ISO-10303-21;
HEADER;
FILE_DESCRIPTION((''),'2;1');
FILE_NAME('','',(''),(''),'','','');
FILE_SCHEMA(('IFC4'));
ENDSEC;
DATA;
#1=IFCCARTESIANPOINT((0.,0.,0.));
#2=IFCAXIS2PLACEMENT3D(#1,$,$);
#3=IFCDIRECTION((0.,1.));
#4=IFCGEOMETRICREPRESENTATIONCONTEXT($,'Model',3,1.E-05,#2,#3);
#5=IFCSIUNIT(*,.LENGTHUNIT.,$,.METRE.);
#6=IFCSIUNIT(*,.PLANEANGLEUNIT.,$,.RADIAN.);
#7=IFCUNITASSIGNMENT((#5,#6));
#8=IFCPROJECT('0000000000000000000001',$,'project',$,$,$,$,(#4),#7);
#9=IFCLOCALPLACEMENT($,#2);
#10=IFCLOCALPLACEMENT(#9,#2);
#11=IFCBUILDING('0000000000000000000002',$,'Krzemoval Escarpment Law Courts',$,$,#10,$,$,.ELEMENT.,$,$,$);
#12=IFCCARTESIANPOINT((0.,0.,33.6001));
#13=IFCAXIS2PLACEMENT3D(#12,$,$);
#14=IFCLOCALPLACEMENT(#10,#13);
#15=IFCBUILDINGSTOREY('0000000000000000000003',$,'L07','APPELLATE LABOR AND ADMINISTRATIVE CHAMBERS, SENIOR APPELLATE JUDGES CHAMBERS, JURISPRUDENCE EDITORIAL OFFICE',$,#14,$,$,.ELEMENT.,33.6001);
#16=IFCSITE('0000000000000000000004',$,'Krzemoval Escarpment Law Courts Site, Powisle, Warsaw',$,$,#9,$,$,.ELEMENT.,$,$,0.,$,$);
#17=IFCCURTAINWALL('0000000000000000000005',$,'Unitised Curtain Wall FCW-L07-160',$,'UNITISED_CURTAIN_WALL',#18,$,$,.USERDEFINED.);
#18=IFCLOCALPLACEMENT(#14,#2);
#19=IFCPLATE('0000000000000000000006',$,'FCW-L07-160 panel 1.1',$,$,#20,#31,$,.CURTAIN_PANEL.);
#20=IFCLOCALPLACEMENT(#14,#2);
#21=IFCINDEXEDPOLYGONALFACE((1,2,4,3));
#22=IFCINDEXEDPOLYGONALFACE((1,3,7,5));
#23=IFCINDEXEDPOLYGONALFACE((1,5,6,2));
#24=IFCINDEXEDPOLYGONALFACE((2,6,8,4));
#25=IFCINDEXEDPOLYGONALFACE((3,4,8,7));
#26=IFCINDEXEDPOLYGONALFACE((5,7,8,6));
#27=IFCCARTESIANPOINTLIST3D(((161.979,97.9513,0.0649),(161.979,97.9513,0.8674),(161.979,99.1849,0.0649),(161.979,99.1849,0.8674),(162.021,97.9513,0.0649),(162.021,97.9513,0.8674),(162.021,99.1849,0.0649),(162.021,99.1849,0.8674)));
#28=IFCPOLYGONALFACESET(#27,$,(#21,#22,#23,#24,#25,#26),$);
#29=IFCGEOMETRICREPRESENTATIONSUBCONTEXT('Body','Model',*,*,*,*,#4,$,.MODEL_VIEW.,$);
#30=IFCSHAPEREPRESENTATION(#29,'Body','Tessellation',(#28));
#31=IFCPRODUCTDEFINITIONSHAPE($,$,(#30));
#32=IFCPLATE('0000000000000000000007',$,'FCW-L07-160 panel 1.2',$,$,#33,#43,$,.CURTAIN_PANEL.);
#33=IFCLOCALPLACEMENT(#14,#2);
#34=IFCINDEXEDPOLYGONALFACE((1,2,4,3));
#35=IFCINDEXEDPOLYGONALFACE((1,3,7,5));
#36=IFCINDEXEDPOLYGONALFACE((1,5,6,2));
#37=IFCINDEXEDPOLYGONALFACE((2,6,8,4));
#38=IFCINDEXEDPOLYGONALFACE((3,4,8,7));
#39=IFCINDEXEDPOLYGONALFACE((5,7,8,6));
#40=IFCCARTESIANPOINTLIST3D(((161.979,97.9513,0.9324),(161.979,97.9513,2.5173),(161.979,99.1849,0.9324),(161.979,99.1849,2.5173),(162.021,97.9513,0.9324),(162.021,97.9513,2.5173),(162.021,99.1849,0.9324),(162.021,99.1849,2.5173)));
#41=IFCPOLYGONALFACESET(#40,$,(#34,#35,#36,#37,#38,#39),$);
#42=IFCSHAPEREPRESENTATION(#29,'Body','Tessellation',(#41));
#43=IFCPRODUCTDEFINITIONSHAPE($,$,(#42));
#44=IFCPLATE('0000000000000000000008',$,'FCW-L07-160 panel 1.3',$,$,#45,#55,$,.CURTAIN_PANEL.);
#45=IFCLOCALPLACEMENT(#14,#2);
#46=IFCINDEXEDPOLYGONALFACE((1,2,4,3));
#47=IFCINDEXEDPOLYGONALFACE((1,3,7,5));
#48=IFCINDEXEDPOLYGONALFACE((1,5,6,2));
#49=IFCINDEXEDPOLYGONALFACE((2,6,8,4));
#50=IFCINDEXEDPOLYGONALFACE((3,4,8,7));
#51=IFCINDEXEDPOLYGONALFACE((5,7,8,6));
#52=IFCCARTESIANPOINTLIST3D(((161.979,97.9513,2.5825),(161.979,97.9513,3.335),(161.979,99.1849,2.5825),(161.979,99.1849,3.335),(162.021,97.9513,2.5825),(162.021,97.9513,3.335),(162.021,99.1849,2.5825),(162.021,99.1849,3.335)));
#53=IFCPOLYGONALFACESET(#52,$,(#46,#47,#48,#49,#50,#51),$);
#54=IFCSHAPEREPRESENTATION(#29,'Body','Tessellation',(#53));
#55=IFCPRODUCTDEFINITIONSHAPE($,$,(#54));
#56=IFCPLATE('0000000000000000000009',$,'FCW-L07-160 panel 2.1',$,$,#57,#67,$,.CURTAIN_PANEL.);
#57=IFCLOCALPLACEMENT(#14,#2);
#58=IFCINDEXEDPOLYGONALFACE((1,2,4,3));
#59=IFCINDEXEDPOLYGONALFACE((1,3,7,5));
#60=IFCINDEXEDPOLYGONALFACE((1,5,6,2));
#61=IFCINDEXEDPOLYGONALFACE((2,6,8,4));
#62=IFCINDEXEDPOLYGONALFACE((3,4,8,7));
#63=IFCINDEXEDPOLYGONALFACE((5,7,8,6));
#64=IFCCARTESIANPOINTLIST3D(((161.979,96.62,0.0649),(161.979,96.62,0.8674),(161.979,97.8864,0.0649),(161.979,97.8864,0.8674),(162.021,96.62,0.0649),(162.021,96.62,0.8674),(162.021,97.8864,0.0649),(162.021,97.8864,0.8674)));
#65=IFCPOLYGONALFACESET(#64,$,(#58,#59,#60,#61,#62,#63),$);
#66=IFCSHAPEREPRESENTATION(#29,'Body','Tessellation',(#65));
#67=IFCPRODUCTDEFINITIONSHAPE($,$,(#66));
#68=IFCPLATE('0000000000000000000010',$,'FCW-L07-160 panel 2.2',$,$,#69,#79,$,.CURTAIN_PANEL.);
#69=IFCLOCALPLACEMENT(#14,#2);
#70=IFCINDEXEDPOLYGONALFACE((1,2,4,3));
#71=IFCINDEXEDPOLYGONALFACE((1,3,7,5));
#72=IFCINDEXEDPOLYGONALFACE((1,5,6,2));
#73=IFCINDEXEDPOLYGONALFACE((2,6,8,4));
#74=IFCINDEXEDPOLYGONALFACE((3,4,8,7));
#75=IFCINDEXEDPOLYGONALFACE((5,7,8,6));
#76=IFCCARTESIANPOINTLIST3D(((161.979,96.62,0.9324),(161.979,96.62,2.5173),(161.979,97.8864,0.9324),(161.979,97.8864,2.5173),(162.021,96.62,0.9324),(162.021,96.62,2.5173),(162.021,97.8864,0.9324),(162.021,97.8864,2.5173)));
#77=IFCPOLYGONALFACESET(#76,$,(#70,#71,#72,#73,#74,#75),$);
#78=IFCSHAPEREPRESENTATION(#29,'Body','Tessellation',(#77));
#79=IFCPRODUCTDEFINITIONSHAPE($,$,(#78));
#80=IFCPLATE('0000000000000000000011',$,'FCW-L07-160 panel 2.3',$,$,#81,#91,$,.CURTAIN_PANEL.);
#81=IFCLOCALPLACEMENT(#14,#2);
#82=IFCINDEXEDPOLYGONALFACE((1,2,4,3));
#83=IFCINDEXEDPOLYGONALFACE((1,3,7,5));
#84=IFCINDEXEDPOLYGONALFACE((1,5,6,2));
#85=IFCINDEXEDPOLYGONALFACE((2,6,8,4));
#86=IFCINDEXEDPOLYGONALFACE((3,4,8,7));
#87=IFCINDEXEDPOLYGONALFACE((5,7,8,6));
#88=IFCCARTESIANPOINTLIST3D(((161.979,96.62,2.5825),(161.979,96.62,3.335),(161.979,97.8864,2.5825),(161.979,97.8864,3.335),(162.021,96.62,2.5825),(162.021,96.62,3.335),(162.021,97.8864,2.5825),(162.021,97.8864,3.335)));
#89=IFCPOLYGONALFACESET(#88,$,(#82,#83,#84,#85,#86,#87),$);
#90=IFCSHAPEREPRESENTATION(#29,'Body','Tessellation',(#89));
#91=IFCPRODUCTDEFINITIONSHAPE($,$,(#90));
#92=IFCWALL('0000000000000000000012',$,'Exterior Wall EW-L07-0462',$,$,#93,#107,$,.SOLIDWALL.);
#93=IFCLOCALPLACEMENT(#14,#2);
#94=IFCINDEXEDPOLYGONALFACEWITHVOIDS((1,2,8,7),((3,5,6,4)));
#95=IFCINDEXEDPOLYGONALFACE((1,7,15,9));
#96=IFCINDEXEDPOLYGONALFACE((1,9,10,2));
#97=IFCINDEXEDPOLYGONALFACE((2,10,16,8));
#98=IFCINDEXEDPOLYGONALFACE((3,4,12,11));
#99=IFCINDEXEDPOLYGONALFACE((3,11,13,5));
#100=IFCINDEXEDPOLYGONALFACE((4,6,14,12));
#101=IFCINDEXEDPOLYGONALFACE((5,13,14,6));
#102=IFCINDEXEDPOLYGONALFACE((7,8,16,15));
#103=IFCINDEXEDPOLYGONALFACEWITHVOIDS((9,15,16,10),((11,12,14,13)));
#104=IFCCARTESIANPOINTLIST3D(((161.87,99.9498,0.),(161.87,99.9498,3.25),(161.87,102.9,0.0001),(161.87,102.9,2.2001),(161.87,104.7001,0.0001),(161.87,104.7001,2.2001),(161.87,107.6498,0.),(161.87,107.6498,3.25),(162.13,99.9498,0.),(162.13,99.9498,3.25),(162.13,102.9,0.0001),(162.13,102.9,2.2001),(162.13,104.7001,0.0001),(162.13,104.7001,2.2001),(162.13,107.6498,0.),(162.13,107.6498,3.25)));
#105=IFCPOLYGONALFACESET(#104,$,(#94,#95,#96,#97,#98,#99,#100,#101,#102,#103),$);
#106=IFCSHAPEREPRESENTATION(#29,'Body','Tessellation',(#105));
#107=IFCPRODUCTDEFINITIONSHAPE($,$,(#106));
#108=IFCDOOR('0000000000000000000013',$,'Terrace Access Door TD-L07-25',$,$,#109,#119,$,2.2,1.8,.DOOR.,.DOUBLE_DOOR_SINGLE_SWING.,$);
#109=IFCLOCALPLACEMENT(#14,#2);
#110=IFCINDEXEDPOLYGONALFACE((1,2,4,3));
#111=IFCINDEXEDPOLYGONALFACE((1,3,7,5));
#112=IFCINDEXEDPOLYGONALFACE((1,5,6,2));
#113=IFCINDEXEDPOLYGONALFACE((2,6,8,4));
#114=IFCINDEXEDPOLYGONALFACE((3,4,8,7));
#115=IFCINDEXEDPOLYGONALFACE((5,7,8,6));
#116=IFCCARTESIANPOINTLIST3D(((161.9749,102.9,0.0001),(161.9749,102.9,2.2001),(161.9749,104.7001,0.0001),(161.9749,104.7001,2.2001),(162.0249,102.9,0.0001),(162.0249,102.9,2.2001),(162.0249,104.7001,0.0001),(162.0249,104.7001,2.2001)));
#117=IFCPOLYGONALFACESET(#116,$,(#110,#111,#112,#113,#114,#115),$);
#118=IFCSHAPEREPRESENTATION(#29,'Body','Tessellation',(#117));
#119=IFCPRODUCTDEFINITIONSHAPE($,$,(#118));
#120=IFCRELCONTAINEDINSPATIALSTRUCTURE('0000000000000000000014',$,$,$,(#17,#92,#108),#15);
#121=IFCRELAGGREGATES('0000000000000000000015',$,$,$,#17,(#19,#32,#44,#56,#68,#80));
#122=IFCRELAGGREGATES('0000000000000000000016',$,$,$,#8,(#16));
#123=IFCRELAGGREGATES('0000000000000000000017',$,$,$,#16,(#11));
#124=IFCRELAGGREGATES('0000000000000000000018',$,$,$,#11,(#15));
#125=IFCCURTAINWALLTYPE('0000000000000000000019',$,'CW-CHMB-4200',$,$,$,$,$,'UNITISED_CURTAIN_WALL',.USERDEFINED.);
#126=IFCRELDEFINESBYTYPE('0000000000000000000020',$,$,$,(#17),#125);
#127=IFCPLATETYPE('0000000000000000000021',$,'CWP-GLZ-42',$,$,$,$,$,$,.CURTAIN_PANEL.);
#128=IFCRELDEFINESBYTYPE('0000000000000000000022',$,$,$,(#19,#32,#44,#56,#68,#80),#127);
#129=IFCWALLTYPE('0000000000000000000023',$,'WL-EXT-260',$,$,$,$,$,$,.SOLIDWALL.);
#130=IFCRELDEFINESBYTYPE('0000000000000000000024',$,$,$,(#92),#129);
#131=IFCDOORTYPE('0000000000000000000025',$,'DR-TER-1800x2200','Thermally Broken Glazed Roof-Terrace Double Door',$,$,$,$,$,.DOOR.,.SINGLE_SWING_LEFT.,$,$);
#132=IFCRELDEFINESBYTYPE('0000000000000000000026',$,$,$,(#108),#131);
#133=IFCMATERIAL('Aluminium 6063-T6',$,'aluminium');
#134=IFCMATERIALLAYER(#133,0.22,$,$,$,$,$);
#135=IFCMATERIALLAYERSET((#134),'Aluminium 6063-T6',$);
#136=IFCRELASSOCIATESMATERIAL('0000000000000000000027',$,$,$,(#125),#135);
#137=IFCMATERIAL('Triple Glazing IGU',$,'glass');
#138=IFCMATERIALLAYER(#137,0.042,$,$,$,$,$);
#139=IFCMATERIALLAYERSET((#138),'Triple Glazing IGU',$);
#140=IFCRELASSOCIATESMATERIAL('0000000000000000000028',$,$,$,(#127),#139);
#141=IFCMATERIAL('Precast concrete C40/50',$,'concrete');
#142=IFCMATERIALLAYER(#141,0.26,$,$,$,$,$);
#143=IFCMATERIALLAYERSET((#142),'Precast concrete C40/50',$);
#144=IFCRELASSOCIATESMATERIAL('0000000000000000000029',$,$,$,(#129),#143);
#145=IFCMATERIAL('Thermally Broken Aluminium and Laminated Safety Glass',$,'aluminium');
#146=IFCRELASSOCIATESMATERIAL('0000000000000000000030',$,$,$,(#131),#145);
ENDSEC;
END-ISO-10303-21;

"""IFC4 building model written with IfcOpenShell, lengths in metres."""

from ifc_helpers import new_model, si_unit, direction, frame, frame_2d, origin, origin_2d, place, context, subcontext, project, spatial, rectangle, extrude, material, layer, layer_set, type_object, element, fill, aggregate, save


model = new_model("IFC4")

# Units and contexts
model_context = context("Model", 3, precision=1e-05, world=origin(), true_north=direction((0.0, 1.0)))
body_context = subcontext(model_context, "Body", "Model", "MODEL_VIEW")
ifc_project = project(units=[si_unit("LENGTHUNIT", "METRE"), si_unit("PLANEANGLEUNIT", "RADIAN")], contexts=[model_context])

# Site, building, storey
site_placement = place(None, origin())
site = spatial("IfcSite", under=ifc_project, at=site_placement, Name="Krzemoval Escarpment Law Courts Site, Powisle, Warsaw", CompositionType="ELEMENT", RefElevation=0.0)
building_placement = place(site_placement, origin())
building = spatial("IfcBuilding", under=site, at=building_placement, Name="Krzemoval Escarpment Law Courts", CompositionType="ELEMENT")
storey_placement = place(building_placement, frame((0.0, 0.0, 33.6001)))
storey = spatial("IfcBuildingStorey", under=building, at=storey_placement, Name="L07", Description="APPELLATE LABOR AND ADMINISTRATIVE CHAMBERS, SENIOR APPELLATE JUDGES CHAMBERS, JURISPRUDENCE EDITORIAL OFFICE", CompositionType="ELEMENT", Elevation=33.6001)

# Curtain wall
ifc_material_1 = material(Name="Aluminium 6063-T6", Category="aluminium")
ifc_layer_1 = layer(ifc_material_1, 0.22)
ifc_layer_set_1 = layer_set([ifc_layer_1], Name="Aluminium 6063-T6")
curtain_wall_type = type_object("IfcCurtainWallType", Name="CW-CHMB-4200", ElementType="UNITISED_CURTAIN_WALL", PredefinedType="USERDEFINED", material=ifc_layer_set_1)
curtain_wall_placement = place(storey_placement, origin())
curtain_wall = element("IfcCurtainWall", 1, at=curtain_wall_placement, inside=storey, type_object=curtain_wall_type, Name="Unitised Curtain Wall FCW-L07-160", ObjectType="UNITISED_CURTAIN_WALL", PredefinedType="USERDEFINED")

# Plates
ifc_material_2 = material(Name="Triple Glazing IGU", Category="glass")
ifc_layer_2 = layer(ifc_material_2, 0.042)
ifc_layer_set_2 = layer_set([ifc_layer_2], Name="Triple Glazing IGU")
plate_type = type_object("IfcPlateType", Name="CWP-GLZ-42", PredefinedType="CURTAIN_PANEL", material=ifc_layer_set_2)
plate_1_placement = place(storey_placement, frame((162.0, 98.5681, 0.0649), z_axis=(0.0, 0.0, 1.0), x_axis=(0.0, -1.0, 0.0)))
plate_1 = element("IfcPlate", 2, at=plate_1_placement, type_object=plate_type, Name="FCW-L07-160 panel 1.1", PredefinedType="CURTAIN_PANEL", context=body_context, shape_type="SweptSolid", body=[
    extrude(rectangle(XDim=1.2336, YDim=0.042, at=origin_2d()), origin(), (0.0, 0.0, 1.0), 0.8025),
])
plate_2_placement = place(storey_placement, frame((162.0, 98.5681, 0.9324), z_axis=(0.0, 0.0, 1.0), x_axis=(0.0, -1.0, 0.0)))
plate_2 = element("IfcPlate", 3, at=plate_2_placement, type_object=plate_type, Name="FCW-L07-160 panel 1.2", PredefinedType="CURTAIN_PANEL", context=body_context, shape_type="SweptSolid", body=[
    extrude(rectangle(XDim=1.2336, YDim=0.042, at=origin_2d()), origin(), (0.0, 0.0, 1.0), 1.585),
])
plate_3_placement = place(storey_placement, frame((162.0, 98.5681, 2.5825), z_axis=(0.0, 0.0, 1.0), x_axis=(0.0, -1.0, 0.0)))
plate_3 = element("IfcPlate", 4, at=plate_3_placement, type_object=plate_type, Name="FCW-L07-160 panel 1.3", PredefinedType="CURTAIN_PANEL", context=body_context, shape_type="SweptSolid", body=[
    extrude(rectangle(XDim=1.2336, YDim=0.042, at=origin_2d()), origin(), (0.0, 0.0, 1.0), 0.7524),
])
plate_4_placement = place(storey_placement, frame((162.0, 97.2532, 0.0649), z_axis=(0.0, 0.0, 1.0), x_axis=(0.0, -1.0, 0.0)))
plate_4 = element("IfcPlate", 5, at=plate_4_placement, type_object=plate_type, Name="FCW-L07-160 panel 2.1", PredefinedType="CURTAIN_PANEL", context=body_context, shape_type="SweptSolid", body=[
    extrude(rectangle(XDim=1.2664, YDim=0.042, at=origin_2d()), origin(), (0.0, 0.0, 1.0), 0.8025),
])
plate_5_placement = place(storey_placement, frame((162.0, 97.2532, 0.9324), z_axis=(0.0, 0.0, 1.0), x_axis=(0.0, -1.0, 0.0)))
plate_5 = element("IfcPlate", 6, at=plate_5_placement, type_object=plate_type, Name="FCW-L07-160 panel 2.2", PredefinedType="CURTAIN_PANEL", context=body_context, shape_type="SweptSolid", body=[
    extrude(rectangle(XDim=1.2664, YDim=0.042, at=origin_2d()), origin(), (0.0, 0.0, 1.0), 1.585),
])
plate_6_placement = place(storey_placement, frame((162.0, 97.2532, 2.5825), z_axis=(0.0, 0.0, 1.0), x_axis=(0.0, -1.0, 0.0)))
plate_6 = element("IfcPlate", 7, at=plate_6_placement, type_object=plate_type, Name="FCW-L07-160 panel 2.3", PredefinedType="CURTAIN_PANEL", context=body_context, shape_type="SweptSolid", body=[
    extrude(rectangle(XDim=1.2664, YDim=0.042, at=origin_2d()), origin(), (0.0, 0.0, 1.0), 0.7524),
])
aggregate(curtain_wall, [plate_1, plate_2, plate_3, plate_4, plate_5, plate_6])

# Wall, opening, door
ifc_material_3 = material(Name="Precast concrete C40/50", Category="concrete")
ifc_layer_3 = layer(ifc_material_3, 0.26)
ifc_layer_set_3 = layer_set([ifc_layer_3], Name="Precast concrete C40/50")
wall_type = type_object("IfcWallType", Name="WL-EXT-260", PredefinedType="SOLIDWALL", material=ifc_layer_set_3)
wall_placement = place(storey_placement, frame((162.0, 107.6499, 0.0), z_axis=(0.0, 0.0, 1.0), x_axis=(0.0, -1.0, 0.0)))
wall = element("IfcWall", 8, at=wall_placement, inside=storey, type_object=wall_type, Name="Exterior Wall EW-L07-0462", PredefinedType="SOLIDWALL", context=body_context, shape_type="SweptSolid", body=[
    extrude(rectangle(XDim=7.7, YDim=0.26, at=frame_2d((3.8501, 0.0))), origin(), (0.0, 0.0, 1.0), 3.25),
])
opening_placement = place(wall_placement, frame((2.95, 0.0, 0.0)))
opening = element("IfcOpeningElement", 9, at=opening_placement, cuts=wall, PredefinedType="OPENING", context=body_context, shape_type="SweptSolid", body=[
    extrude(rectangle(XDim=1.8, YDim=2.2, at=frame_2d((0.8999, 1.1001))), frame((0.0, 0.145, 0.0), z_axis=(0.0, -1.0, 0.0), x_axis=(1.0, 0.0, 0.0)), (0.0, 0.0, 1.0), 0.29),
])
ifc_material_4 = material(Name="Thermally Broken Aluminium and Laminated Safety Glass", Category="aluminium")
door_type = type_object("IfcDoorType", Name="DR-TER-1800x2200", Description="Thermally Broken Glazed Roof-Terrace Double Door", OperationType="SINGLE_SWING_LEFT", PredefinedType="DOOR", material=ifc_material_4)
door_placement = place(opening_placement, origin())
door = element("IfcDoor", 10, at=door_placement, inside=storey, type_object=door_type, Name="Terrace Access Door TD-L07-25", OperationType="DOUBLE_DOOR_SINGLE_SWING", OverallHeight=2.2, OverallWidth=1.8, PredefinedType="DOOR", context=body_context, shape_type="SweptSolid", body=[
    extrude(rectangle(XDim=1.8, YDim=2.2, at=frame_2d((0.8999, 1.1001))), frame((0.0, 0.0249, 0.0), z_axis=(0.0, -1.0, 0.0), x_axis=(1.0, 0.0, 0.0)), (0.0, 0.0, 1.0), 0.05),
])
fill(opening, door)

save(model, "model.ifc")
